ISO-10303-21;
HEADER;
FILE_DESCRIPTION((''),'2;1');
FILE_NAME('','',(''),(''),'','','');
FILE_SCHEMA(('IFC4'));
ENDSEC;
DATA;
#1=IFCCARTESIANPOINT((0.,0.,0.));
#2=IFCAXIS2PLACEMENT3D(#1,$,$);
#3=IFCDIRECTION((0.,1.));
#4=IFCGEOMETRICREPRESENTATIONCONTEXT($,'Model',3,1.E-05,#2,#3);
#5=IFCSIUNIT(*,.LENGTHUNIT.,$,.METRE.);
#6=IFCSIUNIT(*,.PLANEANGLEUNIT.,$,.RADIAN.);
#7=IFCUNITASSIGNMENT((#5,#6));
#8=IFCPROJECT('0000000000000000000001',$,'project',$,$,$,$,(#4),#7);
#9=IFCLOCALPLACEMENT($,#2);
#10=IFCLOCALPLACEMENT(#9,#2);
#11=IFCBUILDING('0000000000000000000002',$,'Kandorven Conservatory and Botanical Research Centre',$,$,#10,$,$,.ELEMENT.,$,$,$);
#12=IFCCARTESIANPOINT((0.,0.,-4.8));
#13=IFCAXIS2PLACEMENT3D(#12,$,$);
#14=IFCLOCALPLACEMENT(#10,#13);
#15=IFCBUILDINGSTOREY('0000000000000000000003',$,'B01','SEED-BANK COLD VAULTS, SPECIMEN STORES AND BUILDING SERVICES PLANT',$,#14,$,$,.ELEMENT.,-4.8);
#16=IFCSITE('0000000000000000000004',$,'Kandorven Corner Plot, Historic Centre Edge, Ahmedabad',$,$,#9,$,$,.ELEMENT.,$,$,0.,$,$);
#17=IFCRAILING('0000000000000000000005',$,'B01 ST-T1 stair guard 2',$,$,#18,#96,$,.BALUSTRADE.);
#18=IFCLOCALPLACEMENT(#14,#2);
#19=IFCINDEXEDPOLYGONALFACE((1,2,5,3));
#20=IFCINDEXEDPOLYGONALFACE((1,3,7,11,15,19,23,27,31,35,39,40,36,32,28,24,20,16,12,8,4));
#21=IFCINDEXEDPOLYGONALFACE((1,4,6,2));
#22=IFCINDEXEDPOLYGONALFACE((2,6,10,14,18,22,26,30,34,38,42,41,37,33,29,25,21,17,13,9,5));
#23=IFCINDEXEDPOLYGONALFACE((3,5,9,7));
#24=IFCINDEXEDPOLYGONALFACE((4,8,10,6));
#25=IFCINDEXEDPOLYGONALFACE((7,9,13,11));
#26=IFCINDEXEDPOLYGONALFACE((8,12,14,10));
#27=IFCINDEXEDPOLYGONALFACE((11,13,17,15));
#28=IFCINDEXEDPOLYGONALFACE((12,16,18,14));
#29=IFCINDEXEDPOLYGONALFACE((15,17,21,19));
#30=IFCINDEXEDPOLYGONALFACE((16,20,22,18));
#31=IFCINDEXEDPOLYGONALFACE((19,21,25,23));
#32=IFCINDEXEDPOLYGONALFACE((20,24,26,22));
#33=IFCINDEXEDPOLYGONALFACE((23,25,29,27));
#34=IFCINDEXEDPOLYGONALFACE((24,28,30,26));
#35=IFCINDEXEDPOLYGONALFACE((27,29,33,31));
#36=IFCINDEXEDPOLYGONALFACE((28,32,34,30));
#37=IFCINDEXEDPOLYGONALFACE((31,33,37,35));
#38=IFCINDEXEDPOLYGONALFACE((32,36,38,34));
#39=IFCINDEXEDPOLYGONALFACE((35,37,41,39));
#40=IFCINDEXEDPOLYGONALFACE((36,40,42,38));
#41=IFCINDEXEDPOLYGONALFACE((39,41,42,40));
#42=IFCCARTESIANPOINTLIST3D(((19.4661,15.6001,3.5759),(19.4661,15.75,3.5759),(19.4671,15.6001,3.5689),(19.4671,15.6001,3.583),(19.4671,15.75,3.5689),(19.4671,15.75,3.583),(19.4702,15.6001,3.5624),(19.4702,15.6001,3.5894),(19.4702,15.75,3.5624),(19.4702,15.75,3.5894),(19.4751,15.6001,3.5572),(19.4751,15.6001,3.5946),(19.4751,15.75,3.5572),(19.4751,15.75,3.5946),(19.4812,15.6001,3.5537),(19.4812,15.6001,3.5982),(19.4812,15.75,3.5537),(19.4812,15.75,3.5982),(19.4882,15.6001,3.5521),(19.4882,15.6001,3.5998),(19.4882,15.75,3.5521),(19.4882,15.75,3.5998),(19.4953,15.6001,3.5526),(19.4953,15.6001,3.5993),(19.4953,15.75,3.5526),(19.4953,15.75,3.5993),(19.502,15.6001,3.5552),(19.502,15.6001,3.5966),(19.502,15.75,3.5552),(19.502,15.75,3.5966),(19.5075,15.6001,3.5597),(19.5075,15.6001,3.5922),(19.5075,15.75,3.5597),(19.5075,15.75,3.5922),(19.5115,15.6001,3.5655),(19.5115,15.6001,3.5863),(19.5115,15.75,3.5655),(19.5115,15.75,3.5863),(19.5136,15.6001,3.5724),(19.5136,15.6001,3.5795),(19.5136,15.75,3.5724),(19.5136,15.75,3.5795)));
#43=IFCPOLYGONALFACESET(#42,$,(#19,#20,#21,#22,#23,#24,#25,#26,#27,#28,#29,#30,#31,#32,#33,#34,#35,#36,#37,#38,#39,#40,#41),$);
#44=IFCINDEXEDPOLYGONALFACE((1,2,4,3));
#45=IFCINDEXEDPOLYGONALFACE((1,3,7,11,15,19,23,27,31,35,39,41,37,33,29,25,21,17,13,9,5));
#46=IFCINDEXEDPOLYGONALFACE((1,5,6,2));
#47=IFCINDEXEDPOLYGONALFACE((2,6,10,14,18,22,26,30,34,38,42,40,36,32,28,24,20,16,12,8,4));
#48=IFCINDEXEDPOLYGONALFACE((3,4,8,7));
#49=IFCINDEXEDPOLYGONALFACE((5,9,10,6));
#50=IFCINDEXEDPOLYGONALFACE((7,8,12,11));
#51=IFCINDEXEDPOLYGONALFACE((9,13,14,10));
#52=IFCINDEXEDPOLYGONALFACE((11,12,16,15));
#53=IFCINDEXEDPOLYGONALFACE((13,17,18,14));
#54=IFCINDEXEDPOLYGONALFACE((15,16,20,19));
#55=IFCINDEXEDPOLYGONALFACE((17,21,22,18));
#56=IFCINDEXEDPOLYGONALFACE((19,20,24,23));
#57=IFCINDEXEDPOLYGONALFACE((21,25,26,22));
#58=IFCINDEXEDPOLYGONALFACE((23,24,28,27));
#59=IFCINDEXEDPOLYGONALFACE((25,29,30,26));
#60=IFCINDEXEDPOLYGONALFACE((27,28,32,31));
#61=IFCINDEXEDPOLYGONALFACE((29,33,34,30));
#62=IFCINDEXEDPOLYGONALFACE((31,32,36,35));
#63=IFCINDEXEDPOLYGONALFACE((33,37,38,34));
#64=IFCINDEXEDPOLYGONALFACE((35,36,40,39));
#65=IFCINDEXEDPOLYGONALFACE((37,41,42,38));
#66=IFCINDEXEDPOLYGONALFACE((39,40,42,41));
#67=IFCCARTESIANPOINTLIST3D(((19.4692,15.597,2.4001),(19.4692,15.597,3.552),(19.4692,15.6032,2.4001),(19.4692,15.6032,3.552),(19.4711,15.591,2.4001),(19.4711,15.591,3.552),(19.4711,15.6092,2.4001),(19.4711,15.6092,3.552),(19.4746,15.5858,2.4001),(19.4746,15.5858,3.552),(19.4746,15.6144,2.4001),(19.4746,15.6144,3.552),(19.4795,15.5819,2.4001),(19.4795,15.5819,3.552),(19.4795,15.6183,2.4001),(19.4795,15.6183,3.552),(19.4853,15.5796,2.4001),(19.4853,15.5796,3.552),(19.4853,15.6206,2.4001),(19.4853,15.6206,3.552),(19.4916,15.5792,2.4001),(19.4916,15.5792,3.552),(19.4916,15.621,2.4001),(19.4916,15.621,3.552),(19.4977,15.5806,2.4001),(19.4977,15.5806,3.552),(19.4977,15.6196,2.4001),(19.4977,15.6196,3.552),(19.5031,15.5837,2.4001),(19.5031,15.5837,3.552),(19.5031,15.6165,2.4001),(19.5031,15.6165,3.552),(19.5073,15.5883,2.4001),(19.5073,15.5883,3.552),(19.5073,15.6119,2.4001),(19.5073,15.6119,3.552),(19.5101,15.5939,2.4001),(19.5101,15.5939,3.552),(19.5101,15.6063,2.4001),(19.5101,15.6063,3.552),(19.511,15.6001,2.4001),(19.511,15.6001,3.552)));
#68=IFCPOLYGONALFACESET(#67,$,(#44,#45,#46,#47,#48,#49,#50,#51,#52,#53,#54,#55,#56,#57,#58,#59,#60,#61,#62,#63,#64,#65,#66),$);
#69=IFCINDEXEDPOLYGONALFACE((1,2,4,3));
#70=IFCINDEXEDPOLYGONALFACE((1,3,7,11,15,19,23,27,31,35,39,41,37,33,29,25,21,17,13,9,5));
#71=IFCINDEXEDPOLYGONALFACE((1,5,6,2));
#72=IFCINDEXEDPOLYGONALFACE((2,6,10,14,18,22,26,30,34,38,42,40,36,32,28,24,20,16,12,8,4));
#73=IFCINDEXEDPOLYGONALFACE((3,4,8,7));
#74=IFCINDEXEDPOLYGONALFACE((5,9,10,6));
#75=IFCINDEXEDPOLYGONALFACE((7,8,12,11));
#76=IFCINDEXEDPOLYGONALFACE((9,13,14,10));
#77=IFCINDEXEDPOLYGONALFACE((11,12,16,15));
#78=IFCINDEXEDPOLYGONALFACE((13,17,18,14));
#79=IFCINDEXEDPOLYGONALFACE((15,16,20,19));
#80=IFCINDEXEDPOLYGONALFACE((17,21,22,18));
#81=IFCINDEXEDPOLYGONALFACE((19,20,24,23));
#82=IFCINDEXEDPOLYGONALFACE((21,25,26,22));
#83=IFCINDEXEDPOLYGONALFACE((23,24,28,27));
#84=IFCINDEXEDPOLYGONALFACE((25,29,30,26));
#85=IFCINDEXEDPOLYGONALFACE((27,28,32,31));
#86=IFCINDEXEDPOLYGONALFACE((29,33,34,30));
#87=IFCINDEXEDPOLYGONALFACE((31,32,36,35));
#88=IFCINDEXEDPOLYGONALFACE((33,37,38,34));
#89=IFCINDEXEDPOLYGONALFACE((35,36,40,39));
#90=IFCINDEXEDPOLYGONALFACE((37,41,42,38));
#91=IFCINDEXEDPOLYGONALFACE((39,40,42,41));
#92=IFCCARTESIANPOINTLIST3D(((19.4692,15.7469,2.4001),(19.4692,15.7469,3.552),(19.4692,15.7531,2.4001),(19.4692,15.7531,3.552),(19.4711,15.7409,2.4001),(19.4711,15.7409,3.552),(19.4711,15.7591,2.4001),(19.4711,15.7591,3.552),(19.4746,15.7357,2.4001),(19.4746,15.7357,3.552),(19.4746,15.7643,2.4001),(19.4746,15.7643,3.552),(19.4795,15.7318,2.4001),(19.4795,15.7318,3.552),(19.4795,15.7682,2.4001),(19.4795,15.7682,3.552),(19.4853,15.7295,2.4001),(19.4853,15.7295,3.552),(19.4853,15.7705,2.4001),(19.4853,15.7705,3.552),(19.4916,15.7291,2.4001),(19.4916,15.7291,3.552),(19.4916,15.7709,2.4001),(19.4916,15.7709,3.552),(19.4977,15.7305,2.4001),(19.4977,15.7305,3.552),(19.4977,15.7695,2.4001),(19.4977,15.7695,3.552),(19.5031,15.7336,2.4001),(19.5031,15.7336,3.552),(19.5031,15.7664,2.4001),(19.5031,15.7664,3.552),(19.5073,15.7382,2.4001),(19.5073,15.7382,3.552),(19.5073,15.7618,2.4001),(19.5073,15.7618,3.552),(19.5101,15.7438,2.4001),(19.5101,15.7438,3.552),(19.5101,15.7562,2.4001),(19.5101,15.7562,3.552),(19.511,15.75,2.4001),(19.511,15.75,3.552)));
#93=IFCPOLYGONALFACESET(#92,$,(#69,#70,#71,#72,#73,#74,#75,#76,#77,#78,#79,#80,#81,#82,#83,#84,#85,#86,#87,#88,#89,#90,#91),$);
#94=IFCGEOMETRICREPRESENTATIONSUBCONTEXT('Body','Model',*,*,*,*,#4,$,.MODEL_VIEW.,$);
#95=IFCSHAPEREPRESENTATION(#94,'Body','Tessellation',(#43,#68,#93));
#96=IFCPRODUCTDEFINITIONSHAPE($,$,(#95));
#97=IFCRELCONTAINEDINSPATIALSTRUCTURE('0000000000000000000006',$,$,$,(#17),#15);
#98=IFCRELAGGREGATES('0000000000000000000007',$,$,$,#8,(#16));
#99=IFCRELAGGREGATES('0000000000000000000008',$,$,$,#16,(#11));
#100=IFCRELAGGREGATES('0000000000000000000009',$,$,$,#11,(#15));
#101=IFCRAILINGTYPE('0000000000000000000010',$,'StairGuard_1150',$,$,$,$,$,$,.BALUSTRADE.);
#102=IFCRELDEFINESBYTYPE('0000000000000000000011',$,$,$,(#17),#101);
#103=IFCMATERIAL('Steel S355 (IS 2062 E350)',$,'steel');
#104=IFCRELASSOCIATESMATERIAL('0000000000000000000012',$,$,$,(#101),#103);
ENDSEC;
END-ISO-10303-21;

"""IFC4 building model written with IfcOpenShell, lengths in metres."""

from ifc_helpers import new_model, si_unit, direction, frame, origin, origin_2d, place, context, subcontext, project, spatial, circle, extrude, material, type_object, element, save


model = new_model("IFC4")

# Units and contexts
model_context = context("Model", 3, precision=1e-05, world=origin(), true_north=direction((0.0, 1.0)))
body_context = subcontext(model_context, "Body", "Model", "MODEL_VIEW")
ifc_project = project(units=[si_unit("LENGTHUNIT", "METRE"), si_unit("PLANEANGLEUNIT", "RADIAN")], contexts=[model_context])

# Site, building, storey
site_placement = place(None, origin())
site = spatial("IfcSite", under=ifc_project, at=site_placement, Name="Kandorven Corner Plot, Historic Centre Edge, Ahmedabad", CompositionType="ELEMENT", RefElevation=0.0)
building_placement = place(site_placement, origin())
building = spatial("IfcBuilding", under=site, at=building_placement, Name="Kandorven Conservatory and Botanical Research Centre", CompositionType="ELEMENT")
storey_placement = place(building_placement, frame((0.0, 0.0, -4.8)))
storey = spatial("IfcBuildingStorey", under=building, at=storey_placement, Name="B01", Description="SEED-BANK COLD VAULTS, SPECIMEN STORES AND BUILDING SERVICES PLANT", CompositionType="ELEMENT", Elevation=-4.8)

# Railing
ifc_material_1 = material(Name="Steel S355 (IS 2062 E350)", Category="steel")
railing_type_1 = type_object("IfcRailingType", Name="StairGuard_1150", PredefinedType="BALUSTRADE", material=ifc_material_1)
railing_1_placement = place(storey_placement, frame((19.49, 15.6001, 2.4001)))
element("IfcRailing", 1, at=railing_1_placement, inside=storey, type_object=railing_type_1, Name="B01 ST-T1 stair guard 2", PredefinedType="BALUSTRADE", context=body_context, shape_type="SweptSolid", body=[
    extrude(circle(Radius=0.0239, at=origin_2d()), frame((0.0, 0.0, 1.1758), z_axis=(0.0, 1.0, 0.0), x_axis=(-1.0, 0.0, 0.0)), (0.0, 0.0, 1.0), 0.1499),
    extrude(circle(Radius=0.021, at=origin_2d()), origin(), (0.0, 0.0, 1.0), 1.1519),
    extrude(circle(Radius=0.021, at=origin_2d()), frame((0.0, 0.1499, 0.0)), (0.0, 0.0, 1.0), 1.1519),
])

save(model, "model.ifc")
